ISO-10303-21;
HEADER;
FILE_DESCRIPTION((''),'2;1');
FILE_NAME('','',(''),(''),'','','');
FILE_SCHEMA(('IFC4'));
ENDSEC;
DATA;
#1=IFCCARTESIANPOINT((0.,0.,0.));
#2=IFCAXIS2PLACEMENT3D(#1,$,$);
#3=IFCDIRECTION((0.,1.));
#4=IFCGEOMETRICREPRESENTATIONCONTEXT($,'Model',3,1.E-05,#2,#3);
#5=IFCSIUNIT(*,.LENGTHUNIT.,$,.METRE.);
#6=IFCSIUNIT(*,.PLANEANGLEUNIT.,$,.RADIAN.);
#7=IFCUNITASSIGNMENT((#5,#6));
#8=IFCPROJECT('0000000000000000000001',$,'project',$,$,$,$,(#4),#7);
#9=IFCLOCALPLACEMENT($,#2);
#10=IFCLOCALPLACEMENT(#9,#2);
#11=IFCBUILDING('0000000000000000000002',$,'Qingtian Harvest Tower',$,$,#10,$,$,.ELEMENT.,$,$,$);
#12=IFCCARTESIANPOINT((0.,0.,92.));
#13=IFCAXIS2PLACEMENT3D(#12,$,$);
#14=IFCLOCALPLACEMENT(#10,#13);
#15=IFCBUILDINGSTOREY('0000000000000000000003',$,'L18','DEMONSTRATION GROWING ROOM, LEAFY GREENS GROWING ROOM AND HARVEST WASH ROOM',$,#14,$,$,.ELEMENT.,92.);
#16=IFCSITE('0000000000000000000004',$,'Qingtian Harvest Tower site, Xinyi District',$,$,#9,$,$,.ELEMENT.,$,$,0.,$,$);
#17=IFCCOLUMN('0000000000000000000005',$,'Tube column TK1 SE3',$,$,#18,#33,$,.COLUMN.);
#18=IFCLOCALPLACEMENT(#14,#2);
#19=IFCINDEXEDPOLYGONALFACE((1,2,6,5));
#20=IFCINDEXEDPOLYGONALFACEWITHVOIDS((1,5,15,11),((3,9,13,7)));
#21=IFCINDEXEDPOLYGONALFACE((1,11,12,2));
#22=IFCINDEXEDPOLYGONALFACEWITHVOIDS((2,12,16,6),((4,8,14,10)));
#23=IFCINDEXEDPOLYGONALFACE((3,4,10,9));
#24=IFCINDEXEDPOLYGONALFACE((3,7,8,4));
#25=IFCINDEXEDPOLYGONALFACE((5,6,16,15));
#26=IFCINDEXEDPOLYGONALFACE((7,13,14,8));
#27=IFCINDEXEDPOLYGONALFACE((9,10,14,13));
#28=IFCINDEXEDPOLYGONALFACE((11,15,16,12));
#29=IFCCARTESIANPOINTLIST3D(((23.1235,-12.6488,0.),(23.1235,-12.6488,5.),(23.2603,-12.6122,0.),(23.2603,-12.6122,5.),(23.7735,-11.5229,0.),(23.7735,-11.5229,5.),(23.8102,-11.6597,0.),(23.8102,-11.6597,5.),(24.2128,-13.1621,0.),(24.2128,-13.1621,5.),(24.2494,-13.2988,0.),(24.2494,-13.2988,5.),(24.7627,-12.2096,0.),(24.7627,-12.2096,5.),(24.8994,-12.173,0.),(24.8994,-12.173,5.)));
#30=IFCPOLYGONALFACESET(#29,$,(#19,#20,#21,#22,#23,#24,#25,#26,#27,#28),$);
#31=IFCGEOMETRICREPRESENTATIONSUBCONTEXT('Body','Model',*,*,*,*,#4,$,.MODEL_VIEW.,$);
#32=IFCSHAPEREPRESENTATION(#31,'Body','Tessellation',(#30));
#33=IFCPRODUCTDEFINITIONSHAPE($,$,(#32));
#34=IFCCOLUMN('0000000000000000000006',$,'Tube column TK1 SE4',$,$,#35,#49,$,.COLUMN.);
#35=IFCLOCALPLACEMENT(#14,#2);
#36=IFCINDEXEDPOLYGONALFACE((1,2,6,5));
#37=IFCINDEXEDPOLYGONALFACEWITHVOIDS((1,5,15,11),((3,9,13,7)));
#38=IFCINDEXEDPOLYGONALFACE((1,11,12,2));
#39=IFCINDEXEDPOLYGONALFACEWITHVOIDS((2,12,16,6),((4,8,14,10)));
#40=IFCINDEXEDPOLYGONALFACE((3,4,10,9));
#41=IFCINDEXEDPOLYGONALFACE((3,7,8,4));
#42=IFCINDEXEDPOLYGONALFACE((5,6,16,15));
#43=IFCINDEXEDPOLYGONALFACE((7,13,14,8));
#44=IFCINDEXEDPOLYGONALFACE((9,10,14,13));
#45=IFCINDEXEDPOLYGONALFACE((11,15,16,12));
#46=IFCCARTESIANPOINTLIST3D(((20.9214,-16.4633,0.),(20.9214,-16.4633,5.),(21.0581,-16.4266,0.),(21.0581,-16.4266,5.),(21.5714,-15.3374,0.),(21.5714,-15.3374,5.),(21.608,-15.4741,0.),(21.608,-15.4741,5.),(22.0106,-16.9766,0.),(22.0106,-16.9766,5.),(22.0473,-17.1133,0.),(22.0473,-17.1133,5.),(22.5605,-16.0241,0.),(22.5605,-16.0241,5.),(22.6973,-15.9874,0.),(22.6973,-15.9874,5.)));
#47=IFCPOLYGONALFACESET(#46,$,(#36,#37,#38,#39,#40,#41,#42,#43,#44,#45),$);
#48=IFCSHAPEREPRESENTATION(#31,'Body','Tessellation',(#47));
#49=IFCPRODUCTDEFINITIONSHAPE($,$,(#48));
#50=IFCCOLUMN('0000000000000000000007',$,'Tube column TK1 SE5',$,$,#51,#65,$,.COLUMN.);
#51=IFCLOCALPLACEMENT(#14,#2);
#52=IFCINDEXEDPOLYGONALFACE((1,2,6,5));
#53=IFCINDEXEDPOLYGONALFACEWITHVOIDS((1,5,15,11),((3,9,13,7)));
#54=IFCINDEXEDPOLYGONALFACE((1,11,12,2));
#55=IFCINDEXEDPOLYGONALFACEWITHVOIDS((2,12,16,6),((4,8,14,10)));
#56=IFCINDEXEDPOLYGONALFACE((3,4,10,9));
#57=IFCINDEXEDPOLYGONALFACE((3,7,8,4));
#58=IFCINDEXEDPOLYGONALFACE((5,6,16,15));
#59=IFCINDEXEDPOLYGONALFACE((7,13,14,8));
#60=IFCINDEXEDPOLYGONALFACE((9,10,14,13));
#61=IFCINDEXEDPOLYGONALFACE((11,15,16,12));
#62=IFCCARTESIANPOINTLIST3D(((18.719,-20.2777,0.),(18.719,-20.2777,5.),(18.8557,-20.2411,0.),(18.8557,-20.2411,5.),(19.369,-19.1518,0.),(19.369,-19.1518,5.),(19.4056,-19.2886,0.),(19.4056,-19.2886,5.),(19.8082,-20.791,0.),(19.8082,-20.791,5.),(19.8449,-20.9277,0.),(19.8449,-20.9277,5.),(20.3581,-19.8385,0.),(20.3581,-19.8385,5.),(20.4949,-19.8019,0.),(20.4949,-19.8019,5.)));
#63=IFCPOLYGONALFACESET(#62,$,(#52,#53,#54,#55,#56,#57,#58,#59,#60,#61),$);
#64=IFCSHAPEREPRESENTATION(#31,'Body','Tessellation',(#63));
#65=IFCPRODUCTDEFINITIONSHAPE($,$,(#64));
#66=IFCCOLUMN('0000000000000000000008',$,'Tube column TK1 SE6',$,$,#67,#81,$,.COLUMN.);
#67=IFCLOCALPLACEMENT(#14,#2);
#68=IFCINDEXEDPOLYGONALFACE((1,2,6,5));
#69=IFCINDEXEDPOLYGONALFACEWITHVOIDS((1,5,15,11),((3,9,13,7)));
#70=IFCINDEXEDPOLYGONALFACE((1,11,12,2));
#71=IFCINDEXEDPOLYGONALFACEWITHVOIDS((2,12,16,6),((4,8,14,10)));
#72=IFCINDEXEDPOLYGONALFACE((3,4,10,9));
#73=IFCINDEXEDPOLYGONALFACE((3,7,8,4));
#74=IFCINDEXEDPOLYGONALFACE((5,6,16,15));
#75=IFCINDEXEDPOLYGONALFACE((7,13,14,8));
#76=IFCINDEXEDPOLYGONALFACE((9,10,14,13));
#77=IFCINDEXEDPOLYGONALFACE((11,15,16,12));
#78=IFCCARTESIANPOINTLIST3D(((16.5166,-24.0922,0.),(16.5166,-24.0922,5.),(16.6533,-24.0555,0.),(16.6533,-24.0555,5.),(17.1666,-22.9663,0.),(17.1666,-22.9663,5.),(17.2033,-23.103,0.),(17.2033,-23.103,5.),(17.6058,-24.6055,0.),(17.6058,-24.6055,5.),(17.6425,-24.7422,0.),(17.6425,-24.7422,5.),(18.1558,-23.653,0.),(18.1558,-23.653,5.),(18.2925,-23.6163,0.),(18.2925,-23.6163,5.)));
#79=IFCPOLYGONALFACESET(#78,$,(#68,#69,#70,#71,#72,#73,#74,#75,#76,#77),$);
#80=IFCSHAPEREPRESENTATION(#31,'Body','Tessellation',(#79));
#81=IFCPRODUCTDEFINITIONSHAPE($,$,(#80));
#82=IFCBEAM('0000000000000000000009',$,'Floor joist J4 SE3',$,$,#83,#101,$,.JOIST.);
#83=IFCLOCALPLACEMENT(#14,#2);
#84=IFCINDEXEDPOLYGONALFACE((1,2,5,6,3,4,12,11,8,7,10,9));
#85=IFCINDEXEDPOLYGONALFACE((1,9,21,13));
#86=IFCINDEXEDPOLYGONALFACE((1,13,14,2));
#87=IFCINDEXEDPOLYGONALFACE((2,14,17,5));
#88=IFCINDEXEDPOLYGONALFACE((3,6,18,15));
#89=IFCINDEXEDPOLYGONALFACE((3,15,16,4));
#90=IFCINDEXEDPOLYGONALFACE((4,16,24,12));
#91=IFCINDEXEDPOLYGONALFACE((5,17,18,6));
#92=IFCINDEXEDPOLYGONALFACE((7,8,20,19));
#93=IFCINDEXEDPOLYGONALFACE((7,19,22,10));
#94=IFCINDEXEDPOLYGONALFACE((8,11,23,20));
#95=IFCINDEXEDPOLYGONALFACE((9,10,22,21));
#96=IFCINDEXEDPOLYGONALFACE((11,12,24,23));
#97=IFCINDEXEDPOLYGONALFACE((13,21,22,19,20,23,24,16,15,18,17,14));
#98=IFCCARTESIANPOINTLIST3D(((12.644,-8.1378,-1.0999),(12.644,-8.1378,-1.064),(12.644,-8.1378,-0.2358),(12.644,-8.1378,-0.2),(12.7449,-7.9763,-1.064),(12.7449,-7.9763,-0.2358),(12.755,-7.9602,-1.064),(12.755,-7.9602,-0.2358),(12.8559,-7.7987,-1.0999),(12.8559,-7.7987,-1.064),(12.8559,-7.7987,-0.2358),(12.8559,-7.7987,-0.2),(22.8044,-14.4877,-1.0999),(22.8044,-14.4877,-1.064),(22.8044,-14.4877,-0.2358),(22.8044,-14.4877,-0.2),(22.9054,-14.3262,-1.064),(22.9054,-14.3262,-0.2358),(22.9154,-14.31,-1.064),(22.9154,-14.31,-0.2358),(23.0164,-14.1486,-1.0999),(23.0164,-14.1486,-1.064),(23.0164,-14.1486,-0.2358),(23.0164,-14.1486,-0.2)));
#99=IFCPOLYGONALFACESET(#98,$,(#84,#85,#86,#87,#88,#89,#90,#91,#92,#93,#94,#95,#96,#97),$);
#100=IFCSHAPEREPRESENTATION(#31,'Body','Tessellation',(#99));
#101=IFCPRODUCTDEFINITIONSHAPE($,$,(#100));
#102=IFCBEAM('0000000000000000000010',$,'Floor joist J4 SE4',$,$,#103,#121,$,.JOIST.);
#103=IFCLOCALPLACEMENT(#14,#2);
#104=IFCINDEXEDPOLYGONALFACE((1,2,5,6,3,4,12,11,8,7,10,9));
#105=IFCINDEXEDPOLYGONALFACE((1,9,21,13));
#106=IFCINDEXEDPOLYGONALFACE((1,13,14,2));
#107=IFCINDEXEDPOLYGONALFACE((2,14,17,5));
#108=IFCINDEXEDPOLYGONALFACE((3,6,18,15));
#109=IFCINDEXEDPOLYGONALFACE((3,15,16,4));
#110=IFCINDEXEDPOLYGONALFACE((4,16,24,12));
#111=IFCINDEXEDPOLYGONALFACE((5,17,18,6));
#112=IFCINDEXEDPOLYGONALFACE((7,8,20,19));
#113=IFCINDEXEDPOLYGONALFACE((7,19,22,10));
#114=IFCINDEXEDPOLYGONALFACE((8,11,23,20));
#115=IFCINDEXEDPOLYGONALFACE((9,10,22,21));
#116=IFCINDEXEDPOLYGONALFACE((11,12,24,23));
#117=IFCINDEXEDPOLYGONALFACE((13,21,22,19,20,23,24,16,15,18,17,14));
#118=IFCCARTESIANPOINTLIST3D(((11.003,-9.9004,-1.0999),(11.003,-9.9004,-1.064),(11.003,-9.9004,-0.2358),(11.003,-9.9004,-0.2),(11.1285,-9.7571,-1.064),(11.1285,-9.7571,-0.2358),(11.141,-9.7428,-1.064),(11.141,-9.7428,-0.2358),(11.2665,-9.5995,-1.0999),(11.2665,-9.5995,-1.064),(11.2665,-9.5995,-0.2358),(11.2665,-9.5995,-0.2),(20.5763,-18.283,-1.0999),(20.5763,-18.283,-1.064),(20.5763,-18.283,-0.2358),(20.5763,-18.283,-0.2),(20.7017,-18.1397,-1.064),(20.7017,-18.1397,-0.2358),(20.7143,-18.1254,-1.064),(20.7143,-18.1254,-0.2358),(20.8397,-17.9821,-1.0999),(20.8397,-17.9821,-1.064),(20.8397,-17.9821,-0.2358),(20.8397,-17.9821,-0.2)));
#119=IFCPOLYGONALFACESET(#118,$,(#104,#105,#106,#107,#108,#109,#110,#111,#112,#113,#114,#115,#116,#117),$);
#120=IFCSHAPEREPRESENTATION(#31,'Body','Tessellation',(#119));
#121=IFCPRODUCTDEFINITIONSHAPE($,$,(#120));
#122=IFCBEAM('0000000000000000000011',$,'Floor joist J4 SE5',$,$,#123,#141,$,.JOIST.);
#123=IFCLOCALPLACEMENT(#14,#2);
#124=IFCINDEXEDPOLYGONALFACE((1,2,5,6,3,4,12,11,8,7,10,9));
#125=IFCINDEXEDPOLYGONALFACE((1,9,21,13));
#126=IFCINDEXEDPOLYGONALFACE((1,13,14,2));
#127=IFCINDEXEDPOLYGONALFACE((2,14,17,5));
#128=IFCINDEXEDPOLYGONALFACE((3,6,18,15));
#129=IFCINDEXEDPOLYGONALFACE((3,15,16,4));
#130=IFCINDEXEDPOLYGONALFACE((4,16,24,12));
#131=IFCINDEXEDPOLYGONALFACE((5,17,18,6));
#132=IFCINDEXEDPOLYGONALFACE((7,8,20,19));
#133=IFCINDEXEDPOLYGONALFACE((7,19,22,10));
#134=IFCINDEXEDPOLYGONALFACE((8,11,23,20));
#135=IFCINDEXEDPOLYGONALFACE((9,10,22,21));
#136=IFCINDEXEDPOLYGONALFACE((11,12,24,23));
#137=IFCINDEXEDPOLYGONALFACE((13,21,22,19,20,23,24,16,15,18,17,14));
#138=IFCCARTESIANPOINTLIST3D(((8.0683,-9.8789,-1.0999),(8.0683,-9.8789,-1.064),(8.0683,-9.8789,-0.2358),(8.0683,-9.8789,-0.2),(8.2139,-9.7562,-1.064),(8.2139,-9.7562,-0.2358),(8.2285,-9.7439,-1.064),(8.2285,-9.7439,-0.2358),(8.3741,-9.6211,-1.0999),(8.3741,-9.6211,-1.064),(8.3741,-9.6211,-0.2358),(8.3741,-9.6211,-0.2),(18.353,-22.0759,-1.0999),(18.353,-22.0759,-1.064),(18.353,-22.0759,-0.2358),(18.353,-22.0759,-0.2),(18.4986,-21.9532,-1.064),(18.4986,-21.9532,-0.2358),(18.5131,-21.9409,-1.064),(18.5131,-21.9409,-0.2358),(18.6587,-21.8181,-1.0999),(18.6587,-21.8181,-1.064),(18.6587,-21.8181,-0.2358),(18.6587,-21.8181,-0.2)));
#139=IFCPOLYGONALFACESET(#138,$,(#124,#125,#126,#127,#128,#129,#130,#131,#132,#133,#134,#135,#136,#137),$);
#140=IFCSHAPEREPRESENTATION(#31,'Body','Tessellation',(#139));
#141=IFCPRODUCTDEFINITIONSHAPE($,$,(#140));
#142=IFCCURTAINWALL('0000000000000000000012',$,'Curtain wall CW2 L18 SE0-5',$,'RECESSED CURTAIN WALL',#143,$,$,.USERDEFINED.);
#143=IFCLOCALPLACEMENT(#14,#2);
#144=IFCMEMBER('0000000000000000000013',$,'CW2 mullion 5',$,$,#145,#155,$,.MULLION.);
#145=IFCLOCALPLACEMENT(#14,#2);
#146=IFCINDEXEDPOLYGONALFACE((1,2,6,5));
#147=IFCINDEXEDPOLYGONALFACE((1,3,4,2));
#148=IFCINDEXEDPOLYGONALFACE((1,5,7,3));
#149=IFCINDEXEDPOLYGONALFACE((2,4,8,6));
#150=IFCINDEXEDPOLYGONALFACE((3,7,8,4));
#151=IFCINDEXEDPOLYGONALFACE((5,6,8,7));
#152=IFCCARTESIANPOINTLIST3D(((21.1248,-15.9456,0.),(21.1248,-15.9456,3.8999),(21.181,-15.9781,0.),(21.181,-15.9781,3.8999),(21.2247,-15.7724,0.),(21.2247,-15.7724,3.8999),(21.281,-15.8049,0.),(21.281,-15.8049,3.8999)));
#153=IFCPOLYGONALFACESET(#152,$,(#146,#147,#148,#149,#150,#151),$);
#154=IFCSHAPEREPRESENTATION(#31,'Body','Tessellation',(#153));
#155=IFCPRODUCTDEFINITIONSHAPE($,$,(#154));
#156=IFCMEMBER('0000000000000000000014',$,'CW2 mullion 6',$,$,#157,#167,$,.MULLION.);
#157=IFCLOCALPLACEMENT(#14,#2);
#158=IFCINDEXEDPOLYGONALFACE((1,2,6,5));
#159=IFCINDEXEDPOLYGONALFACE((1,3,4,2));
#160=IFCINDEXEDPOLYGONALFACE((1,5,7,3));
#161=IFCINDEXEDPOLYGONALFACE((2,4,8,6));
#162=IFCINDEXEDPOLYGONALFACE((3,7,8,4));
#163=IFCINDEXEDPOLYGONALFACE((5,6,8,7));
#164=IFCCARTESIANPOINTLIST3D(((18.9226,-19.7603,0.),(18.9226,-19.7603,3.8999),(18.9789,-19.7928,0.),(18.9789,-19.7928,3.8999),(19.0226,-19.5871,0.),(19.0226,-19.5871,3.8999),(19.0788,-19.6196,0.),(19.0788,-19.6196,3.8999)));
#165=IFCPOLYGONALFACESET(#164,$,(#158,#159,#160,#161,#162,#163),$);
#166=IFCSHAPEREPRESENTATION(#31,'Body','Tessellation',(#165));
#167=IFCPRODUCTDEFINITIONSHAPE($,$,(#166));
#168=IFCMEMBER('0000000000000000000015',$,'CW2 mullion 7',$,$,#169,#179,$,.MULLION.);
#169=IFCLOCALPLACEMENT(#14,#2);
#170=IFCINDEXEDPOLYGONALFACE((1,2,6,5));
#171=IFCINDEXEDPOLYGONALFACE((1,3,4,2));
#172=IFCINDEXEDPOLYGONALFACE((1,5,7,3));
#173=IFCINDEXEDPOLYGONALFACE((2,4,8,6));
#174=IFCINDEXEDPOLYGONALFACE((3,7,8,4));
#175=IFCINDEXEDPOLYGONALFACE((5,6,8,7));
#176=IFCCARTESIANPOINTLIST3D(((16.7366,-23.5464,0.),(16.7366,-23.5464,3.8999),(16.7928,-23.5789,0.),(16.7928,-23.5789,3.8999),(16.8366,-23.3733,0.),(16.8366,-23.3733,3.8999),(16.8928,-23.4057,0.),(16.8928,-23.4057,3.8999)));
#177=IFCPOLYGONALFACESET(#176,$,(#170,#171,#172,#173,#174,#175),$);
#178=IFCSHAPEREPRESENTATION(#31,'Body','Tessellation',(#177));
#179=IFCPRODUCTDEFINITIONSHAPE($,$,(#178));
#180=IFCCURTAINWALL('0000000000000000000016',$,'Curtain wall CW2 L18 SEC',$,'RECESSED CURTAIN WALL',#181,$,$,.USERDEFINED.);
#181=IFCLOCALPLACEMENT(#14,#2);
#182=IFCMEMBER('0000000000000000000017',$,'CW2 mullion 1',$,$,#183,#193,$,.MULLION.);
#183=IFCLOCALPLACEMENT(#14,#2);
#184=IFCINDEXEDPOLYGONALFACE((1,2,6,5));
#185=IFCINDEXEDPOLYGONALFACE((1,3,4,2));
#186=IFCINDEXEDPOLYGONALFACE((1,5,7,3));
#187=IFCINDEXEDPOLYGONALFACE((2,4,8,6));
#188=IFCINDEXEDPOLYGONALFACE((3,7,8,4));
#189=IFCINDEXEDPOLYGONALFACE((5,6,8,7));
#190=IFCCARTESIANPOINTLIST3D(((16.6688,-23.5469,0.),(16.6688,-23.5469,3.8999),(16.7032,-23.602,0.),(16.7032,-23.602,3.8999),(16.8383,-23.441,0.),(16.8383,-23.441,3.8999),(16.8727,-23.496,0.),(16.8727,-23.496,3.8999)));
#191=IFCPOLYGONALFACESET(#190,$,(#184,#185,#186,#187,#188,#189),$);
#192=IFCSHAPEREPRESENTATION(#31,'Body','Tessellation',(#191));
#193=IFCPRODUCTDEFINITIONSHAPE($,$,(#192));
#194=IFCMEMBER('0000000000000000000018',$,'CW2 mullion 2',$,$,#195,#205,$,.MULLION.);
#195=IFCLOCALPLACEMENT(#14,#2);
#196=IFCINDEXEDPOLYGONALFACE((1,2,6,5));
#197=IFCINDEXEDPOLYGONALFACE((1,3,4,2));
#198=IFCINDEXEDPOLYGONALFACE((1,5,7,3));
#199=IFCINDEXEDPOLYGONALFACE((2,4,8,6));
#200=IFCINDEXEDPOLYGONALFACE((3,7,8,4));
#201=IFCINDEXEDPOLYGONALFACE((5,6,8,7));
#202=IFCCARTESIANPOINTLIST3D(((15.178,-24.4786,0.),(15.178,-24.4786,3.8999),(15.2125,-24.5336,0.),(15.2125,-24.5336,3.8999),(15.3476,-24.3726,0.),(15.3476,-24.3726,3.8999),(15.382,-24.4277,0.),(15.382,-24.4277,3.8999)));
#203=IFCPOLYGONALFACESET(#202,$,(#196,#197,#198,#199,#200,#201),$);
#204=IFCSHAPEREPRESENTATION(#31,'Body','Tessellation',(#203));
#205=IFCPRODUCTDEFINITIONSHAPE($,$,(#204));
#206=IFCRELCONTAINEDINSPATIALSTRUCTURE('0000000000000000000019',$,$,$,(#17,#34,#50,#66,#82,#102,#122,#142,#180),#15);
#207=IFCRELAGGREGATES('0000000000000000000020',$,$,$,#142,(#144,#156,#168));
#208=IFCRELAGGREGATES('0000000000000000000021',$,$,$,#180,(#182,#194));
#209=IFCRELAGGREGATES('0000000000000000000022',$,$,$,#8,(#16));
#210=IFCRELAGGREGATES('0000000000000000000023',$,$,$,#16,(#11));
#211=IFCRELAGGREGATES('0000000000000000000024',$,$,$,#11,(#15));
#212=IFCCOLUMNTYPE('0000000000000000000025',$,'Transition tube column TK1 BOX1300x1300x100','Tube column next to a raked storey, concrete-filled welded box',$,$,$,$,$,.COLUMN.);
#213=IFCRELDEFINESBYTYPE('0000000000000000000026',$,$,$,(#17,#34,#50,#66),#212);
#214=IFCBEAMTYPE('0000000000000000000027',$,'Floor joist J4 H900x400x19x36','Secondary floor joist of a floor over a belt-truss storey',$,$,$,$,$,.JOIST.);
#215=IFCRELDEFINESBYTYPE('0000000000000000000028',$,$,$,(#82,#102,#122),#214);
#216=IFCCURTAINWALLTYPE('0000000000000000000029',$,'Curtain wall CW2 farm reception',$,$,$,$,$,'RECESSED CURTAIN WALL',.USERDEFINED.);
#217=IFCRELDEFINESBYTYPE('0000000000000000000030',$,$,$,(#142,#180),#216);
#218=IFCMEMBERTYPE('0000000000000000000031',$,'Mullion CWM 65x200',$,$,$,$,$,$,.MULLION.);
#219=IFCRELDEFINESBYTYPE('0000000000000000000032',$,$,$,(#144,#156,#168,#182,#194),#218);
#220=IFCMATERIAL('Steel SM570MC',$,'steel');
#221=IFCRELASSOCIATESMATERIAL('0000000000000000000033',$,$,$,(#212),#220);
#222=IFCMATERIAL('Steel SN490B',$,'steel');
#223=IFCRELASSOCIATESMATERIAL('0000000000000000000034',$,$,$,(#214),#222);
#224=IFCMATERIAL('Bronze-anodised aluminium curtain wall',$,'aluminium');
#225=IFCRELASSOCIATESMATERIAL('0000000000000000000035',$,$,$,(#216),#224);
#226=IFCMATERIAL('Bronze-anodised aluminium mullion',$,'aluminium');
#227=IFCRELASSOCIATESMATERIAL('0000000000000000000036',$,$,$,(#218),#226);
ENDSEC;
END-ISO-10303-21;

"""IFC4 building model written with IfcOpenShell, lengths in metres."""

from ifc_helpers import new_model, si_unit, direction, frame, origin, origin_2d, place, context, subcontext, project, spatial, rectangle, hollow_rectangle, i_section, extrude, material, material_profile, profile_set, type_object, element, aggregate, save


model = new_model("IFC4")

# Units and contexts
model_context = context("Model", 3, precision=1e-05, world=origin(), true_north=direction((0.0, 1.0)))
body_context = subcontext(model_context, "Body", "Model", "MODEL_VIEW")
ifc_project = project(units=[si_unit("LENGTHUNIT", "METRE"), si_unit("PLANEANGLEUNIT", "RADIAN")], contexts=[model_context])

# Site, building, storey
site_placement = place(None, origin())
site = spatial("IfcSite", under=ifc_project, at=site_placement, Name="Qingtian Harvest Tower site, Xinyi District", CompositionType="ELEMENT", RefElevation=0.0)
building_placement = place(site_placement, origin())
building = spatial("IfcBuilding", under=site, at=building_placement, Name="Qingtian Harvest Tower", CompositionType="ELEMENT")
storey_placement = place(building_placement, frame((0.0, 0.0, 92.0)))
storey = spatial("IfcBuildingStorey", under=building, at=storey_placement, Name="L18", Description="DEMONSTRATION GROWING ROOM, LEAFY GREENS GROWING ROOM AND HARVEST WASH ROOM", CompositionType="ELEMENT", Elevation=92.0)

# Columns
ifc_material_1 = material(Name="Steel SM570MC", Category="steel")
ifc_material_profile_1 = material_profile(ifc_material_1, hollow_rectangle(XDim=1.3, YDim=1.3, WallThickness=0.1001, at=origin_2d()), Name="BOX1300x1300x100")
ifc_profile_set_1 = profile_set([ifc_material_profile_1], Name="Steel SM570MC")
column_type = type_object("IfcColumnType", Name="Transition tube column TK1 BOX1300x1300x100", Description="Tube column next to a raked storey, concrete-filled welded box", PredefinedType="COLUMN", material=ifc_profile_set_1)
for number, where, z_axis, x_axis, name in (
    (1, (24.0115, -12.4109, 0.0), (0.0, 0.0, 1.0), (0.5, 0.866025, 0.0), "Tube column TK1 SE3"),
    (2, (21.8093, -16.2253, 0.0), (0.0, 0.0, 1.0), (0.5, 0.866025, 0.0), "Tube column TK1 SE4"),
    (3, (19.6069, -20.0398, 0.0), (0.0, 0.0, 1.0), (0.5, 0.866025, 0.0), "Tube column TK1 SE5"),
    (4, (17.4045, -23.8542, 0.0), (0.0, 0.0, 1.0), (0.5, 0.866025, 0.0), "Tube column TK1 SE6"),
):
    element("IfcColumn", number, at=place(storey_placement, frame(where, z_axis=z_axis, x_axis=x_axis)), inside=storey, type_object=column_type, Name=name, PredefinedType="COLUMN", context=body_context, shape_type="SweptSolid", body=[
        extrude(hollow_rectangle(XDim=1.3, YDim=1.3, WallThickness=0.1001, at=origin_2d()), origin(), (0.0, 0.0, 1.0), 5.0),
    ])

# Beams
ifc_material_2 = material(Name="Steel SN490B", Category="steel")
ifc_material_profile_2 = material_profile(ifc_material_2, i_section(OverallWidth=0.3999, OverallDepth=0.8999, WebThickness=0.019, FlangeThickness=0.0359, at=origin_2d()), Name="H900x400x19x36")
ifc_profile_set_2 = profile_set([ifc_material_profile_2], Name="Steel SN490B")
beam_type_1 = type_object("IfcBeamType", Name="Floor joist J4 H900x400x19x36", Description="Secondary floor joist of a floor over a belt-truss storey", PredefinedType="JOIST", material=ifc_profile_set_2)
beam_1_placement = place(storey_placement, frame((22.9104, -14.3181, -0.6499), z_axis=(-0.848013, 0.529975, 0.0), x_axis=(-0.529975, -0.848013, 0.0)))
element("IfcBeam", 5, at=beam_1_placement, inside=storey, type_object=beam_type_1, Name="Floor joist J4 SE3", PredefinedType="JOIST", context=body_context, shape_type="SweptSolid", body=[
    extrude(i_section(OverallWidth=0.3999, OverallDepth=0.8999, WebThickness=0.019, FlangeThickness=0.0359, at=origin_2d()), origin(), (0.0, 0.0, 1.0), 11.9814),
])
beam_2_placement = place(storey_placement, frame((20.708, -18.1326, -0.6499), z_axis=(-0.752344, 0.658771, 0.0), x_axis=(-0.658771, -0.752344, 0.0)))
element("IfcBeam", 6, at=beam_2_placement, inside=storey, type_object=beam_type_1, Name="Floor joist J4 SE4", PredefinedType="JOIST", context=body_context, shape_type="SweptSolid", body=[
    extrude(i_section(OverallWidth=0.3999, OverallDepth=0.8999, WebThickness=0.019, FlangeThickness=0.0359, at=origin_2d()), origin(), (0.0, 0.0, 1.0), 12.7246),
])
beam_3_placement = place(storey_placement, frame((18.5059, -21.947, -0.6499), z_axis=(-0.64463, 0.764494, 0.0), x_axis=(-0.764494, -0.64463, 0.0)))
element("IfcBeam", 7, at=beam_3_placement, inside=storey, type_object=beam_type_1, Name="Floor joist J4 SE5", PredefinedType="JOIST", context=body_context, shape_type="SweptSolid", body=[
    extrude(i_section(OverallWidth=0.3999, OverallDepth=0.8999, WebThickness=0.019, FlangeThickness=0.0359, at=origin_2d()), origin(), (0.0, 0.0, 1.0), 15.9543),
])

# Curtain walls, members
ifc_material_3 = material(Name="Bronze-anodised aluminium curtain wall", Category="aluminium")
curtain_wall_type = type_object("IfcCurtainWallType", Name="Curtain wall CW2 farm reception", ElementType="RECESSED CURTAIN WALL", PredefinedType="USERDEFINED", material=ifc_material_3)
curtain_wall_1_placement = place(storey_placement, origin())
curtain_wall_1 = element("IfcCurtainWall", 8, at=curtain_wall_1_placement, inside=storey, type_object=curtain_wall_type, Name="Curtain wall CW2 L18 SE0-5", ObjectType="RECESSED CURTAIN WALL", PredefinedType="USERDEFINED")
ifc_material_4 = material(Name="Bronze-anodised aluminium mullion", Category="aluminium")
ifc_material_profile_3 = material_profile(ifc_material_4, rectangle(XDim=0.0649, YDim=0.2, at=origin_2d()), Name="AL 65x200")
ifc_profile_set_3 = profile_set([ifc_material_profile_3], Name="Bronze-anodised aluminium mullion")
member_type_1 = type_object("IfcMemberType", Name="Mullion CWM 65x200", PredefinedType="MULLION", material=ifc_profile_set_3)
member_1_placement = place(storey_placement, frame((21.2029, -15.8752, 0.0), z_axis=(0.0, 0.0, 1.0), x_axis=(0.866025, -0.5, 0.0)))
member_1 = element("IfcMember", 9, at=member_1_placement, type_object=member_type_1, Name="CW2 mullion 5", PredefinedType="MULLION", context=body_context, shape_type="SweptSolid", body=[
    extrude(rectangle(XDim=0.0649, YDim=0.2, at=origin_2d()), origin(), (0.0, 0.0, 1.0), 3.8999),
])
member_2_placement = place(storey_placement, frame((19.0007, -19.6899, 0.0), z_axis=(0.0, 0.0, 1.0), x_axis=(0.866025, -0.5, 0.0)))
member_2 = element("IfcMember", 10, at=member_2_placement, type_object=member_type_1, Name="CW2 mullion 6", PredefinedType="MULLION", context=body_context, shape_type="SweptSolid", body=[
    extrude(rectangle(XDim=0.0649, YDim=0.2, at=origin_2d()), origin(), (0.0, 0.0, 1.0), 3.8999),
])
member_3_placement = place(storey_placement, frame((16.8147, -23.4761, 0.0), z_axis=(0.0, 0.0, 1.0), x_axis=(0.866025, -0.5, 0.0)))
member_3 = element("IfcMember", 11, at=member_3_placement, type_object=member_type_1, Name="CW2 mullion 7", PredefinedType="MULLION", context=body_context, shape_type="SweptSolid", body=[
    extrude(rectangle(XDim=0.0649, YDim=0.2, at=origin_2d()), origin(), (0.0, 0.0, 1.0), 3.8999),
])
curtain_wall_2_placement = place(storey_placement, origin())
curtain_wall_2 = element("IfcCurtainWall", 12, at=curtain_wall_2_placement, inside=storey, type_object=curtain_wall_type, Name="Curtain wall CW2 L18 SEC", ObjectType="RECESSED CURTAIN WALL", PredefinedType="USERDEFINED")
member_4_placement = place(storey_placement, frame((16.7708, -23.5215, 0.0), z_axis=(0.0, 0.0, 1.0), x_axis=(0.529919, -0.848048, 0.0)))
member_4 = element("IfcMember", 13, at=member_4_placement, type_object=member_type_1, Name="CW2 mullion 1", PredefinedType="MULLION", context=body_context, shape_type="SweptSolid", body=[
    extrude(rectangle(XDim=0.0649, YDim=0.2, at=origin_2d()), origin(), (0.0, 0.0, 1.0), 3.8999),
])
member_5_placement = place(storey_placement, frame((15.28, -24.4531, 0.0), z_axis=(0.0, 0.0, 1.0), x_axis=(0.529919, -0.848048, 0.0)))
member_5 = element("IfcMember", 14, at=member_5_placement, type_object=member_type_1, Name="CW2 mullion 2", PredefinedType="MULLION", context=body_context, shape_type="SweptSolid", body=[
    extrude(rectangle(XDim=0.0649, YDim=0.2, at=origin_2d()), origin(), (0.0, 0.0, 1.0), 3.8999),
])

aggregate(curtain_wall_1, [member_1, member_2, member_3])
aggregate(curtain_wall_2, [member_4, member_5])

save(model, "model.ifc")
